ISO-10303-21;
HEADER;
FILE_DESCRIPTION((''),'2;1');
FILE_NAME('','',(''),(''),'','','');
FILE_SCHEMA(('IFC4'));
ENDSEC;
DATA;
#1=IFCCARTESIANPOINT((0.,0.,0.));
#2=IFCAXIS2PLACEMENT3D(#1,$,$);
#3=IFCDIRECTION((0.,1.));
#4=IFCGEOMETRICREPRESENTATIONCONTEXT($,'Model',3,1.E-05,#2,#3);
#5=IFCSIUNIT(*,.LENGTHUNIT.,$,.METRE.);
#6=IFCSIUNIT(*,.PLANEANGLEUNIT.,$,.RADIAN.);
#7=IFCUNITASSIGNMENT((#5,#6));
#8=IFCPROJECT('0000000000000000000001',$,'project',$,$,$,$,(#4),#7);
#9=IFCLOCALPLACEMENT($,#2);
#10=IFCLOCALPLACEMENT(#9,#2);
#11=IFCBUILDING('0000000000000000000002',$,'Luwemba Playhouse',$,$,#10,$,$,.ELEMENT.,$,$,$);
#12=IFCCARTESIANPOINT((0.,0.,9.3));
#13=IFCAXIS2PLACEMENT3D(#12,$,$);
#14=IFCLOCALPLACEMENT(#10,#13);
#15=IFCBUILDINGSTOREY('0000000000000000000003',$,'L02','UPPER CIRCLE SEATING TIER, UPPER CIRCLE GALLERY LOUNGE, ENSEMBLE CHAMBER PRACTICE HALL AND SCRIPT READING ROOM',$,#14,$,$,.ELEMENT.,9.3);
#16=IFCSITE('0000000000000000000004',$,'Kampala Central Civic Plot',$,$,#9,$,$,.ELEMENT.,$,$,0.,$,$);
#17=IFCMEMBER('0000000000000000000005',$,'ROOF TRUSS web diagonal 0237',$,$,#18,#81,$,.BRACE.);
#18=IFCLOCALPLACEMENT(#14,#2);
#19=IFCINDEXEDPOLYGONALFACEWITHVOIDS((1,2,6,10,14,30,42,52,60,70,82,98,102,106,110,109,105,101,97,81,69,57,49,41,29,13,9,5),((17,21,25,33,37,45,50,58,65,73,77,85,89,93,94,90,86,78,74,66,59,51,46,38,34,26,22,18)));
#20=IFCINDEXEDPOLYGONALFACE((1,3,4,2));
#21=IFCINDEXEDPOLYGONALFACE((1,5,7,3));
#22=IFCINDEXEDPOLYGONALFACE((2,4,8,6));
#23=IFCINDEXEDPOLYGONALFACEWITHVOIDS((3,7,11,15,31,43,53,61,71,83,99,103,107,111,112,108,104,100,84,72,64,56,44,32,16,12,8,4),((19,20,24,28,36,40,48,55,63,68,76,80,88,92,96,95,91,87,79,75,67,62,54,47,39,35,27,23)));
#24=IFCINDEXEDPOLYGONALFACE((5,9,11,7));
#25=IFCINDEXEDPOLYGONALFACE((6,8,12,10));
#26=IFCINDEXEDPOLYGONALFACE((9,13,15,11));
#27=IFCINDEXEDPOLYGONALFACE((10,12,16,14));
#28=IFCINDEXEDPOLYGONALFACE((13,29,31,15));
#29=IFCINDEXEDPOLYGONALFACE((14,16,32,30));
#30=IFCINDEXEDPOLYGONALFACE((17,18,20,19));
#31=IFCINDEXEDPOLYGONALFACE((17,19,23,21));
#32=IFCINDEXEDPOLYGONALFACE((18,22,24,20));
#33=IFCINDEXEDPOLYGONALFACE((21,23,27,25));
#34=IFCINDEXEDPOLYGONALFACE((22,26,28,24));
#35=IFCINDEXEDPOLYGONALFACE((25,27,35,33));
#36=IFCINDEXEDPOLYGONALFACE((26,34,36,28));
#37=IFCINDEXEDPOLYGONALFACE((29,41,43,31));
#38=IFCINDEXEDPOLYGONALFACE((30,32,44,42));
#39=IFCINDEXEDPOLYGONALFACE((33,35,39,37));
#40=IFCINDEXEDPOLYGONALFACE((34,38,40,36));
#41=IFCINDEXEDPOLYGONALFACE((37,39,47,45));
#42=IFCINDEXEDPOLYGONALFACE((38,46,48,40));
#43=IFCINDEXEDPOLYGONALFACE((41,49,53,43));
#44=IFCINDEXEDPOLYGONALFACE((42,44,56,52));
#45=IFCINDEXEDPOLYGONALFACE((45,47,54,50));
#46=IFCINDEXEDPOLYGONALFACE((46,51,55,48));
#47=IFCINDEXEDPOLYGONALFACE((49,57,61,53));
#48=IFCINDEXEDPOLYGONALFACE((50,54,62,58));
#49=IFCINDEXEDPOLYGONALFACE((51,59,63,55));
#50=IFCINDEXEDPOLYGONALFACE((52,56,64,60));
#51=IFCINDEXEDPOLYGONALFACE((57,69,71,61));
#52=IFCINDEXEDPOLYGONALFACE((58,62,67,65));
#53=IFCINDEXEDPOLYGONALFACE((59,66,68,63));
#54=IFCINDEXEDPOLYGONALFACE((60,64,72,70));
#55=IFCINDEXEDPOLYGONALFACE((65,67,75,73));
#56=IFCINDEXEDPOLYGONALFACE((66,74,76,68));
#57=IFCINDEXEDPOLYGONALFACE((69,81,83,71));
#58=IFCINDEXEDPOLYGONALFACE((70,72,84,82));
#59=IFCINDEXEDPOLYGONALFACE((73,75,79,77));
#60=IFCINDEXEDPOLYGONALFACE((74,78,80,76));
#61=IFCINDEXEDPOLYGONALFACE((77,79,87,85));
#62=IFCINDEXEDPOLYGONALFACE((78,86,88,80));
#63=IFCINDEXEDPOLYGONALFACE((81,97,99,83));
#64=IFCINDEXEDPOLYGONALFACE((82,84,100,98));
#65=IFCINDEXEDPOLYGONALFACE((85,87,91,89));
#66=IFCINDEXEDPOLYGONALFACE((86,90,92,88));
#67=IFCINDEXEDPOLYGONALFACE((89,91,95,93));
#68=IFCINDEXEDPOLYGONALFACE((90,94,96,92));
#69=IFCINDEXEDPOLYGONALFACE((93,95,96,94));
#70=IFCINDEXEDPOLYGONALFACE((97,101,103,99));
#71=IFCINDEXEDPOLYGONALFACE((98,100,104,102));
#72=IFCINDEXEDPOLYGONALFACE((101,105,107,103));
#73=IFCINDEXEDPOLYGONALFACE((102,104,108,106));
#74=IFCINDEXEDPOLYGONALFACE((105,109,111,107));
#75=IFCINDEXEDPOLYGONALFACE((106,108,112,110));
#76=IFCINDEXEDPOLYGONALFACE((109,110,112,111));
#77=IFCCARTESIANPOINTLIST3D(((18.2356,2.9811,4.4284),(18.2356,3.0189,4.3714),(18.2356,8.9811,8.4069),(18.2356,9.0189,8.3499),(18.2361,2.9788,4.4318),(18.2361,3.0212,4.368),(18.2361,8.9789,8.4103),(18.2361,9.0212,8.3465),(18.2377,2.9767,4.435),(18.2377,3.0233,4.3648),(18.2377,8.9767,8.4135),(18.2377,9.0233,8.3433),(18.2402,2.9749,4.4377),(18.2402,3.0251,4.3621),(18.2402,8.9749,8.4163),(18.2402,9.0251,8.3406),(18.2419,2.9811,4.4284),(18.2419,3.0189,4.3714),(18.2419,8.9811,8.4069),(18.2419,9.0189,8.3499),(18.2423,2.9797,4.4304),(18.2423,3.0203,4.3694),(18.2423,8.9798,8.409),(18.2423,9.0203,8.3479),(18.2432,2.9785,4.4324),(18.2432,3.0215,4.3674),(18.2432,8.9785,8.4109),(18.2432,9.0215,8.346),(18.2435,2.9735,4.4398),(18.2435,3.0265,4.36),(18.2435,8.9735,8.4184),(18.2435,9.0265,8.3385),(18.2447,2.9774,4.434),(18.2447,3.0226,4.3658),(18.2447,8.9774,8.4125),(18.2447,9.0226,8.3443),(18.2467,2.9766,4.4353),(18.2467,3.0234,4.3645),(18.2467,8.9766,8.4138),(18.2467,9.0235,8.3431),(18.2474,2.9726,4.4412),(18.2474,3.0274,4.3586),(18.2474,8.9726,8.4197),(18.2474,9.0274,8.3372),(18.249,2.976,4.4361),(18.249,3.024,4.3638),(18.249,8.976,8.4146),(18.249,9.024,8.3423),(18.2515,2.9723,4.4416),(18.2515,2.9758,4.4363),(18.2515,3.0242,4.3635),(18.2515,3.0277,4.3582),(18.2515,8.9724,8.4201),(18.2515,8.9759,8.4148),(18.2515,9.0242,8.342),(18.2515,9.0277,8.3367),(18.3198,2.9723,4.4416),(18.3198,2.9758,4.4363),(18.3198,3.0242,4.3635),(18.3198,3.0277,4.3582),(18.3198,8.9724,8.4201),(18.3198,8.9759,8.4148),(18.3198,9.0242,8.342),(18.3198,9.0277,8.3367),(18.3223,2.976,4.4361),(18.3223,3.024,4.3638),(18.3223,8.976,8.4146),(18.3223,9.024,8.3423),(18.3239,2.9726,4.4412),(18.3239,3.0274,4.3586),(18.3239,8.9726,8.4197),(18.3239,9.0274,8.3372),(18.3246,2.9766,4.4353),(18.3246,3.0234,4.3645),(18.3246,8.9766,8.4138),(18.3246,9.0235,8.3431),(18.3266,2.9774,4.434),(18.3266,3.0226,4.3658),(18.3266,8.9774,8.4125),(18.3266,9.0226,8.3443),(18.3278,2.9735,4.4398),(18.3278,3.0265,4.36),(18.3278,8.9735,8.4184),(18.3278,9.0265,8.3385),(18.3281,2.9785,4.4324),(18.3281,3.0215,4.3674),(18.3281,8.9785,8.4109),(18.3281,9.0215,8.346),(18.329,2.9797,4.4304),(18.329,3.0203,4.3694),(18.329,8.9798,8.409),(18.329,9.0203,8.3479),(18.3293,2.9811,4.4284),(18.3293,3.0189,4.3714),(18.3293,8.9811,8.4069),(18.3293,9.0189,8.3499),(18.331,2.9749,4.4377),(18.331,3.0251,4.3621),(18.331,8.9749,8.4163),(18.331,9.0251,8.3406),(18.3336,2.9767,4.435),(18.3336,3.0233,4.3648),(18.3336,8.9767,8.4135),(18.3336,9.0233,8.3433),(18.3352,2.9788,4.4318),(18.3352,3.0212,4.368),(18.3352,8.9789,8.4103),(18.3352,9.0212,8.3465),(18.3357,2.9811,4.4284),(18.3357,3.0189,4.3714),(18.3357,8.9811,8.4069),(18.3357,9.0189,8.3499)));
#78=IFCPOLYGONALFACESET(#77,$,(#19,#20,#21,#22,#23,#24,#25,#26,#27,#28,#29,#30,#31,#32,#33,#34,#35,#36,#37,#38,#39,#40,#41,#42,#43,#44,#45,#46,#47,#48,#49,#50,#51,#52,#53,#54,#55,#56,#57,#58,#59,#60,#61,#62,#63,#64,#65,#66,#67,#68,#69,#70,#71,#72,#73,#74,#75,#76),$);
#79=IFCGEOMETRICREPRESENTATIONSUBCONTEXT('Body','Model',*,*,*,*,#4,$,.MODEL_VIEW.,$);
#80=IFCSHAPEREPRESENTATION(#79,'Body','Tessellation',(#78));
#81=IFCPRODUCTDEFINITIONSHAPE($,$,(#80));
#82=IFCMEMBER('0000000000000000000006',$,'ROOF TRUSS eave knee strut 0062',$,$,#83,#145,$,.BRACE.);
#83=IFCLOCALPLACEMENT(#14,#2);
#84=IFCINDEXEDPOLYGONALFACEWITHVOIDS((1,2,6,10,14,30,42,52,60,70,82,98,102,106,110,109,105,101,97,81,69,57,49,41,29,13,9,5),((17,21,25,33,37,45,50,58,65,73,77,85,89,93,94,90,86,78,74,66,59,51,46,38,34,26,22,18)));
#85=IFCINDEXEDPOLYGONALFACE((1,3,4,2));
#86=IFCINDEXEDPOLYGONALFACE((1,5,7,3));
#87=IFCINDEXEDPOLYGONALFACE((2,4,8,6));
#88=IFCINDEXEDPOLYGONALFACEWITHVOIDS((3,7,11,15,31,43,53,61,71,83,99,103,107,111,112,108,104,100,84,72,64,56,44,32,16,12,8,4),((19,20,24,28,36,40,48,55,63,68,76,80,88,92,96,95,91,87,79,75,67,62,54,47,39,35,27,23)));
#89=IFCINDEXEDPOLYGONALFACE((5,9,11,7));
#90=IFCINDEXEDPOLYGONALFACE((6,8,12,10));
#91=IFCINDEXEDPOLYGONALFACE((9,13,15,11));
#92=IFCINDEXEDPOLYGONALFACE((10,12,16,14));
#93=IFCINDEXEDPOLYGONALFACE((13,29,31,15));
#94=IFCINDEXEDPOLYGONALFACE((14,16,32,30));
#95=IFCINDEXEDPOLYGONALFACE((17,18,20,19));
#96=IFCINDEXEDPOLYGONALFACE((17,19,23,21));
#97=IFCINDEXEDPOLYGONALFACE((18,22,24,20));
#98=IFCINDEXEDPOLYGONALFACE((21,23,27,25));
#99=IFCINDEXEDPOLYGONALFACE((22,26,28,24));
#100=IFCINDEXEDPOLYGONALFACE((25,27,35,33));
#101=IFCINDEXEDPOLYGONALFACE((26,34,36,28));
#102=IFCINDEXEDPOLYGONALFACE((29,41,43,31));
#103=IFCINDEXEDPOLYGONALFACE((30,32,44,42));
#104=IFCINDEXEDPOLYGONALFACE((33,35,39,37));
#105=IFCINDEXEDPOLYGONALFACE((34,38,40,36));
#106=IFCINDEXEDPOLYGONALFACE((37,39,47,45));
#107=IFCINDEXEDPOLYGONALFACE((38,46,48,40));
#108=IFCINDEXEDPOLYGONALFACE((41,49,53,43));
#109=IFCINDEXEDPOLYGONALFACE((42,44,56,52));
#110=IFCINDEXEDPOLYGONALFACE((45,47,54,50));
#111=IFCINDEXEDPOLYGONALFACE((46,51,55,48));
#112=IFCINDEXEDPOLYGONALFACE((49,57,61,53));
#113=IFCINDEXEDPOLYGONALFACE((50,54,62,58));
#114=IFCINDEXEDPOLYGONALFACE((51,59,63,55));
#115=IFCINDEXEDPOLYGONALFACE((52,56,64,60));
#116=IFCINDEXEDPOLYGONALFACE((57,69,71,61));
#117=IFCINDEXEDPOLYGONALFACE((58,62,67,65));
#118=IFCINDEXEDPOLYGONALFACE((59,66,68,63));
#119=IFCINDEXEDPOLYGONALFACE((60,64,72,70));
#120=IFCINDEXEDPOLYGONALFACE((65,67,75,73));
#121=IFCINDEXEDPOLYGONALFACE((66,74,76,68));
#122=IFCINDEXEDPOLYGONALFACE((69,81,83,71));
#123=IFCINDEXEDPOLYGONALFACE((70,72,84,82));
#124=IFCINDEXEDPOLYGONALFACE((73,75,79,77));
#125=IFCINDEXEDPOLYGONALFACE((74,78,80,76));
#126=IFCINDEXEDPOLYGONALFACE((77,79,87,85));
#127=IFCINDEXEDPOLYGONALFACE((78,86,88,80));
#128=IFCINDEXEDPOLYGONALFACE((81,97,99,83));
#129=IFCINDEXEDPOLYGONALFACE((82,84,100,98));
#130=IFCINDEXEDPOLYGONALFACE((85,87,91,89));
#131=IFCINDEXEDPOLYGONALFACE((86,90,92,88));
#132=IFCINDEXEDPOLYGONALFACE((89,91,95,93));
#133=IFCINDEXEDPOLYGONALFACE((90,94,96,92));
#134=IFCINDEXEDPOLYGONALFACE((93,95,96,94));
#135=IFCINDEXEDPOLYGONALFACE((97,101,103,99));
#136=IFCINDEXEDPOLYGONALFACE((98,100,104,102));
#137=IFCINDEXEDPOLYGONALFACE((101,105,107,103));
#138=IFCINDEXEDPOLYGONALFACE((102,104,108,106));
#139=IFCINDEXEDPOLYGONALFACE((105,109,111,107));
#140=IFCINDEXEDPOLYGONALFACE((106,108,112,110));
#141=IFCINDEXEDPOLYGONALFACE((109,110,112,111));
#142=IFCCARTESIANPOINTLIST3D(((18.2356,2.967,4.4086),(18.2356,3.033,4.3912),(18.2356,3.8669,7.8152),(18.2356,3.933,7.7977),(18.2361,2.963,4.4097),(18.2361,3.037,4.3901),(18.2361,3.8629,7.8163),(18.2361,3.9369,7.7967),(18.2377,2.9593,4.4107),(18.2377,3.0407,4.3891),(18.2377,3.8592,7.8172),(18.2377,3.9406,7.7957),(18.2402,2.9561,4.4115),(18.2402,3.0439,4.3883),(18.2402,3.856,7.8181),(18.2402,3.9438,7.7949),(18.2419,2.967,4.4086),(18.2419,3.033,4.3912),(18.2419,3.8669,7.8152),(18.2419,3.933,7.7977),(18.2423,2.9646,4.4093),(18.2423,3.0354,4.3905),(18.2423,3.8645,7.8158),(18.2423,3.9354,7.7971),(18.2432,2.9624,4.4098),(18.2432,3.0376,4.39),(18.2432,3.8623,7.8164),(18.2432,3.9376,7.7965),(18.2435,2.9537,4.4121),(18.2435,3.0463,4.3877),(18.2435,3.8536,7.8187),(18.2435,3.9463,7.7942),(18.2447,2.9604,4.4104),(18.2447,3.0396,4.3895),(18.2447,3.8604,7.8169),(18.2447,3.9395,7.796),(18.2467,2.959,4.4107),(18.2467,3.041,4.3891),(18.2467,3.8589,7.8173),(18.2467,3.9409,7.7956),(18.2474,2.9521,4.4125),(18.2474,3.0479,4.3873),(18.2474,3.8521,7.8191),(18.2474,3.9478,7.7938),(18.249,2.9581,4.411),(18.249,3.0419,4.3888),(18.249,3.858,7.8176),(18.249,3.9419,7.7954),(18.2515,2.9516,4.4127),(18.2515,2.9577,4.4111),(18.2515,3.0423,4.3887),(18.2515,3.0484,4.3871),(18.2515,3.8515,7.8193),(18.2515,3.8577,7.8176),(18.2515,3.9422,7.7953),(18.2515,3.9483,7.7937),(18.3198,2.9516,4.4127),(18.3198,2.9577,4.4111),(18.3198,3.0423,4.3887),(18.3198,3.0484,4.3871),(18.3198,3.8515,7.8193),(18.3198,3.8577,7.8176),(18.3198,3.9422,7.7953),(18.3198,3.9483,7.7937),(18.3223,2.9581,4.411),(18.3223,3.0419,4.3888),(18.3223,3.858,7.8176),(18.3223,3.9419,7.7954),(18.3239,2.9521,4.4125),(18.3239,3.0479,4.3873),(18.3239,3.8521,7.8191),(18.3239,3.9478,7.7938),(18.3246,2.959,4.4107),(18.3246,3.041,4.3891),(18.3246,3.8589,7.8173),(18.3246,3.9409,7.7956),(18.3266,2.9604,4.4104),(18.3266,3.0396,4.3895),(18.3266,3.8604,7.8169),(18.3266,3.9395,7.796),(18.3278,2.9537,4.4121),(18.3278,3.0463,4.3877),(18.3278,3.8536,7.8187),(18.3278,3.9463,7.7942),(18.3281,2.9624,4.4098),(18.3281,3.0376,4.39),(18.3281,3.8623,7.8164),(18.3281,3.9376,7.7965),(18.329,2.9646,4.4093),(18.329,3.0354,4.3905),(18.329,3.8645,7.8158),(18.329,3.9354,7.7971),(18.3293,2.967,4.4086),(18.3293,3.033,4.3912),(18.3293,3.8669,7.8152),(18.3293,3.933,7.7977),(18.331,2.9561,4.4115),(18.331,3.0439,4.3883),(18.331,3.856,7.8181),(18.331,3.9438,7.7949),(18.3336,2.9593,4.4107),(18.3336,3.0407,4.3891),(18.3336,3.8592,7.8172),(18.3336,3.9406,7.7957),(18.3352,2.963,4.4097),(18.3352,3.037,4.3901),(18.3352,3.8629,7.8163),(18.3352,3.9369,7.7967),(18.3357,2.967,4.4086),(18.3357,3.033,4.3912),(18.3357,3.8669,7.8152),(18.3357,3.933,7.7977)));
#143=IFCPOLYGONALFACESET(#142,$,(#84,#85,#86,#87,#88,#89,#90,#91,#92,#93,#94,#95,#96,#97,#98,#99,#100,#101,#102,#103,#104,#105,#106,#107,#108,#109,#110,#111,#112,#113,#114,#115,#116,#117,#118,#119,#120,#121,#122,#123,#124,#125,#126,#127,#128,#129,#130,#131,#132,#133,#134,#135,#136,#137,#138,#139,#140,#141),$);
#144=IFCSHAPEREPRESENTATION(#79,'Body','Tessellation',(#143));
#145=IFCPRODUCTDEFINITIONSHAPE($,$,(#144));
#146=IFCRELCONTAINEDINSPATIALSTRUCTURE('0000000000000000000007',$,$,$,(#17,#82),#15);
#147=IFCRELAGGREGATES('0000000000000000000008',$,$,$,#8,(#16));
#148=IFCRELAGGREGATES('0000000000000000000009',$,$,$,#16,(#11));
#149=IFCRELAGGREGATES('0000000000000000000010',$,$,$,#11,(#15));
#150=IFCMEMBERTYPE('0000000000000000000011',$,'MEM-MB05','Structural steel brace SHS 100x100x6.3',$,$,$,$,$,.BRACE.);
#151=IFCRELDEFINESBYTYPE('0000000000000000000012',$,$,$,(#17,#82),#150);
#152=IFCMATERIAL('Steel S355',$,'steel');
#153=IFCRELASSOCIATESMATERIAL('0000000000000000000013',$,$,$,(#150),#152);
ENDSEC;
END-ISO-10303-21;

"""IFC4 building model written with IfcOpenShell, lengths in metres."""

from ifc_helpers import new_model, si_unit, direction, frame, origin, origin_2d, place, context, subcontext, project, spatial, hollow_rectangle, extrude, material, material_profile, profile_set, type_object, element, save


model = new_model("IFC4")

# Units and contexts
model_context = context("Model", 3, precision=1e-05, world=origin(), true_north=direction((0.0, 1.0)))
body_context = subcontext(model_context, "Body", "Model", "MODEL_VIEW")
ifc_project = project(units=[si_unit("LENGTHUNIT", "METRE"), si_unit("PLANEANGLEUNIT", "RADIAN")], contexts=[model_context])

# Site, building, storey
site_placement = place(None, origin())
site = spatial("IfcSite", under=ifc_project, at=site_placement, Name="Kampala Central Civic Plot", CompositionType="ELEMENT", RefElevation=0.0)
building_placement = place(site_placement, origin())
building = spatial("IfcBuilding", under=site, at=building_placement, Name="Luwemba Playhouse", CompositionType="ELEMENT")
storey_placement = place(building_placement, frame((0.0, 0.0, 9.3)))
storey = spatial("IfcBuildingStorey", under=building, at=storey_placement, Name="L02", Description="UPPER CIRCLE SEATING TIER, UPPER CIRCLE GALLERY LOUNGE, ENSEMBLE CHAMBER PRACTICE HALL AND SCRIPT READING ROOM", CompositionType="ELEMENT", Elevation=9.3)

# Shared definitions
ifc_material_1 = material(Name="Steel S355", Category="steel")

# Members
ifc_material_profile_1 = material_profile(ifc_material_1, hollow_rectangle(XDim=0.1001, YDim=0.1001, WallThickness=0.0063, InnerFilletRadius=0.0095, OuterFilletRadius=0.0159, at=origin_2d()))
ifc_profile_set_1 = profile_set([ifc_material_profile_1], Name="Steel S355")
member_type_1 = type_object("IfcMemberType", Name="MEM-MB05", Description="Structural steel brace SHS 100x100x6.3", PredefinedType="BRACE", material=ifc_profile_set_1)
member_1_placement = place(storey_placement, frame((18.2856, 3.0, 4.3999), z_axis=(0.0, 0.833425, 0.552632), x_axis=(-1.0, 0.0, 0.0)))
element("IfcMember", 1, at=member_1_placement, inside=storey, type_object=member_type_1, Name="ROOF TRUSS web diagonal 0237", PredefinedType="BRACE", context=body_context, shape_type="SweptSolid", body=[
    extrude(hollow_rectangle(XDim=0.1001, YDim=0.1001, WallThickness=0.0063, InnerFilletRadius=0.0095, OuterFilletRadius=0.0159, at=origin_2d()), origin(), (0.0, 0.0, 1.0), 7.1992),
])
member_2_placement = place(storey_placement, frame((18.2856, 3.0, 4.3999), z_axis=(0.0, 0.255411, 0.966833), x_axis=(-1.0, 0.0, 0.0)))
element("IfcMember", 2, at=member_2_placement, inside=storey, type_object=member_type_1, Name="ROOF TRUSS eave knee strut 0062", PredefinedType="BRACE", context=body_context, shape_type="SweptSolid", body=[
    extrude(hollow_rectangle(XDim=0.1001, YDim=0.1001, WallThickness=0.0063, InnerFilletRadius=0.0095, OuterFilletRadius=0.0159, at=origin_2d()), origin(), (0.0, 0.0, 1.0), 3.5234),
])

save(model, "model.ifc")
